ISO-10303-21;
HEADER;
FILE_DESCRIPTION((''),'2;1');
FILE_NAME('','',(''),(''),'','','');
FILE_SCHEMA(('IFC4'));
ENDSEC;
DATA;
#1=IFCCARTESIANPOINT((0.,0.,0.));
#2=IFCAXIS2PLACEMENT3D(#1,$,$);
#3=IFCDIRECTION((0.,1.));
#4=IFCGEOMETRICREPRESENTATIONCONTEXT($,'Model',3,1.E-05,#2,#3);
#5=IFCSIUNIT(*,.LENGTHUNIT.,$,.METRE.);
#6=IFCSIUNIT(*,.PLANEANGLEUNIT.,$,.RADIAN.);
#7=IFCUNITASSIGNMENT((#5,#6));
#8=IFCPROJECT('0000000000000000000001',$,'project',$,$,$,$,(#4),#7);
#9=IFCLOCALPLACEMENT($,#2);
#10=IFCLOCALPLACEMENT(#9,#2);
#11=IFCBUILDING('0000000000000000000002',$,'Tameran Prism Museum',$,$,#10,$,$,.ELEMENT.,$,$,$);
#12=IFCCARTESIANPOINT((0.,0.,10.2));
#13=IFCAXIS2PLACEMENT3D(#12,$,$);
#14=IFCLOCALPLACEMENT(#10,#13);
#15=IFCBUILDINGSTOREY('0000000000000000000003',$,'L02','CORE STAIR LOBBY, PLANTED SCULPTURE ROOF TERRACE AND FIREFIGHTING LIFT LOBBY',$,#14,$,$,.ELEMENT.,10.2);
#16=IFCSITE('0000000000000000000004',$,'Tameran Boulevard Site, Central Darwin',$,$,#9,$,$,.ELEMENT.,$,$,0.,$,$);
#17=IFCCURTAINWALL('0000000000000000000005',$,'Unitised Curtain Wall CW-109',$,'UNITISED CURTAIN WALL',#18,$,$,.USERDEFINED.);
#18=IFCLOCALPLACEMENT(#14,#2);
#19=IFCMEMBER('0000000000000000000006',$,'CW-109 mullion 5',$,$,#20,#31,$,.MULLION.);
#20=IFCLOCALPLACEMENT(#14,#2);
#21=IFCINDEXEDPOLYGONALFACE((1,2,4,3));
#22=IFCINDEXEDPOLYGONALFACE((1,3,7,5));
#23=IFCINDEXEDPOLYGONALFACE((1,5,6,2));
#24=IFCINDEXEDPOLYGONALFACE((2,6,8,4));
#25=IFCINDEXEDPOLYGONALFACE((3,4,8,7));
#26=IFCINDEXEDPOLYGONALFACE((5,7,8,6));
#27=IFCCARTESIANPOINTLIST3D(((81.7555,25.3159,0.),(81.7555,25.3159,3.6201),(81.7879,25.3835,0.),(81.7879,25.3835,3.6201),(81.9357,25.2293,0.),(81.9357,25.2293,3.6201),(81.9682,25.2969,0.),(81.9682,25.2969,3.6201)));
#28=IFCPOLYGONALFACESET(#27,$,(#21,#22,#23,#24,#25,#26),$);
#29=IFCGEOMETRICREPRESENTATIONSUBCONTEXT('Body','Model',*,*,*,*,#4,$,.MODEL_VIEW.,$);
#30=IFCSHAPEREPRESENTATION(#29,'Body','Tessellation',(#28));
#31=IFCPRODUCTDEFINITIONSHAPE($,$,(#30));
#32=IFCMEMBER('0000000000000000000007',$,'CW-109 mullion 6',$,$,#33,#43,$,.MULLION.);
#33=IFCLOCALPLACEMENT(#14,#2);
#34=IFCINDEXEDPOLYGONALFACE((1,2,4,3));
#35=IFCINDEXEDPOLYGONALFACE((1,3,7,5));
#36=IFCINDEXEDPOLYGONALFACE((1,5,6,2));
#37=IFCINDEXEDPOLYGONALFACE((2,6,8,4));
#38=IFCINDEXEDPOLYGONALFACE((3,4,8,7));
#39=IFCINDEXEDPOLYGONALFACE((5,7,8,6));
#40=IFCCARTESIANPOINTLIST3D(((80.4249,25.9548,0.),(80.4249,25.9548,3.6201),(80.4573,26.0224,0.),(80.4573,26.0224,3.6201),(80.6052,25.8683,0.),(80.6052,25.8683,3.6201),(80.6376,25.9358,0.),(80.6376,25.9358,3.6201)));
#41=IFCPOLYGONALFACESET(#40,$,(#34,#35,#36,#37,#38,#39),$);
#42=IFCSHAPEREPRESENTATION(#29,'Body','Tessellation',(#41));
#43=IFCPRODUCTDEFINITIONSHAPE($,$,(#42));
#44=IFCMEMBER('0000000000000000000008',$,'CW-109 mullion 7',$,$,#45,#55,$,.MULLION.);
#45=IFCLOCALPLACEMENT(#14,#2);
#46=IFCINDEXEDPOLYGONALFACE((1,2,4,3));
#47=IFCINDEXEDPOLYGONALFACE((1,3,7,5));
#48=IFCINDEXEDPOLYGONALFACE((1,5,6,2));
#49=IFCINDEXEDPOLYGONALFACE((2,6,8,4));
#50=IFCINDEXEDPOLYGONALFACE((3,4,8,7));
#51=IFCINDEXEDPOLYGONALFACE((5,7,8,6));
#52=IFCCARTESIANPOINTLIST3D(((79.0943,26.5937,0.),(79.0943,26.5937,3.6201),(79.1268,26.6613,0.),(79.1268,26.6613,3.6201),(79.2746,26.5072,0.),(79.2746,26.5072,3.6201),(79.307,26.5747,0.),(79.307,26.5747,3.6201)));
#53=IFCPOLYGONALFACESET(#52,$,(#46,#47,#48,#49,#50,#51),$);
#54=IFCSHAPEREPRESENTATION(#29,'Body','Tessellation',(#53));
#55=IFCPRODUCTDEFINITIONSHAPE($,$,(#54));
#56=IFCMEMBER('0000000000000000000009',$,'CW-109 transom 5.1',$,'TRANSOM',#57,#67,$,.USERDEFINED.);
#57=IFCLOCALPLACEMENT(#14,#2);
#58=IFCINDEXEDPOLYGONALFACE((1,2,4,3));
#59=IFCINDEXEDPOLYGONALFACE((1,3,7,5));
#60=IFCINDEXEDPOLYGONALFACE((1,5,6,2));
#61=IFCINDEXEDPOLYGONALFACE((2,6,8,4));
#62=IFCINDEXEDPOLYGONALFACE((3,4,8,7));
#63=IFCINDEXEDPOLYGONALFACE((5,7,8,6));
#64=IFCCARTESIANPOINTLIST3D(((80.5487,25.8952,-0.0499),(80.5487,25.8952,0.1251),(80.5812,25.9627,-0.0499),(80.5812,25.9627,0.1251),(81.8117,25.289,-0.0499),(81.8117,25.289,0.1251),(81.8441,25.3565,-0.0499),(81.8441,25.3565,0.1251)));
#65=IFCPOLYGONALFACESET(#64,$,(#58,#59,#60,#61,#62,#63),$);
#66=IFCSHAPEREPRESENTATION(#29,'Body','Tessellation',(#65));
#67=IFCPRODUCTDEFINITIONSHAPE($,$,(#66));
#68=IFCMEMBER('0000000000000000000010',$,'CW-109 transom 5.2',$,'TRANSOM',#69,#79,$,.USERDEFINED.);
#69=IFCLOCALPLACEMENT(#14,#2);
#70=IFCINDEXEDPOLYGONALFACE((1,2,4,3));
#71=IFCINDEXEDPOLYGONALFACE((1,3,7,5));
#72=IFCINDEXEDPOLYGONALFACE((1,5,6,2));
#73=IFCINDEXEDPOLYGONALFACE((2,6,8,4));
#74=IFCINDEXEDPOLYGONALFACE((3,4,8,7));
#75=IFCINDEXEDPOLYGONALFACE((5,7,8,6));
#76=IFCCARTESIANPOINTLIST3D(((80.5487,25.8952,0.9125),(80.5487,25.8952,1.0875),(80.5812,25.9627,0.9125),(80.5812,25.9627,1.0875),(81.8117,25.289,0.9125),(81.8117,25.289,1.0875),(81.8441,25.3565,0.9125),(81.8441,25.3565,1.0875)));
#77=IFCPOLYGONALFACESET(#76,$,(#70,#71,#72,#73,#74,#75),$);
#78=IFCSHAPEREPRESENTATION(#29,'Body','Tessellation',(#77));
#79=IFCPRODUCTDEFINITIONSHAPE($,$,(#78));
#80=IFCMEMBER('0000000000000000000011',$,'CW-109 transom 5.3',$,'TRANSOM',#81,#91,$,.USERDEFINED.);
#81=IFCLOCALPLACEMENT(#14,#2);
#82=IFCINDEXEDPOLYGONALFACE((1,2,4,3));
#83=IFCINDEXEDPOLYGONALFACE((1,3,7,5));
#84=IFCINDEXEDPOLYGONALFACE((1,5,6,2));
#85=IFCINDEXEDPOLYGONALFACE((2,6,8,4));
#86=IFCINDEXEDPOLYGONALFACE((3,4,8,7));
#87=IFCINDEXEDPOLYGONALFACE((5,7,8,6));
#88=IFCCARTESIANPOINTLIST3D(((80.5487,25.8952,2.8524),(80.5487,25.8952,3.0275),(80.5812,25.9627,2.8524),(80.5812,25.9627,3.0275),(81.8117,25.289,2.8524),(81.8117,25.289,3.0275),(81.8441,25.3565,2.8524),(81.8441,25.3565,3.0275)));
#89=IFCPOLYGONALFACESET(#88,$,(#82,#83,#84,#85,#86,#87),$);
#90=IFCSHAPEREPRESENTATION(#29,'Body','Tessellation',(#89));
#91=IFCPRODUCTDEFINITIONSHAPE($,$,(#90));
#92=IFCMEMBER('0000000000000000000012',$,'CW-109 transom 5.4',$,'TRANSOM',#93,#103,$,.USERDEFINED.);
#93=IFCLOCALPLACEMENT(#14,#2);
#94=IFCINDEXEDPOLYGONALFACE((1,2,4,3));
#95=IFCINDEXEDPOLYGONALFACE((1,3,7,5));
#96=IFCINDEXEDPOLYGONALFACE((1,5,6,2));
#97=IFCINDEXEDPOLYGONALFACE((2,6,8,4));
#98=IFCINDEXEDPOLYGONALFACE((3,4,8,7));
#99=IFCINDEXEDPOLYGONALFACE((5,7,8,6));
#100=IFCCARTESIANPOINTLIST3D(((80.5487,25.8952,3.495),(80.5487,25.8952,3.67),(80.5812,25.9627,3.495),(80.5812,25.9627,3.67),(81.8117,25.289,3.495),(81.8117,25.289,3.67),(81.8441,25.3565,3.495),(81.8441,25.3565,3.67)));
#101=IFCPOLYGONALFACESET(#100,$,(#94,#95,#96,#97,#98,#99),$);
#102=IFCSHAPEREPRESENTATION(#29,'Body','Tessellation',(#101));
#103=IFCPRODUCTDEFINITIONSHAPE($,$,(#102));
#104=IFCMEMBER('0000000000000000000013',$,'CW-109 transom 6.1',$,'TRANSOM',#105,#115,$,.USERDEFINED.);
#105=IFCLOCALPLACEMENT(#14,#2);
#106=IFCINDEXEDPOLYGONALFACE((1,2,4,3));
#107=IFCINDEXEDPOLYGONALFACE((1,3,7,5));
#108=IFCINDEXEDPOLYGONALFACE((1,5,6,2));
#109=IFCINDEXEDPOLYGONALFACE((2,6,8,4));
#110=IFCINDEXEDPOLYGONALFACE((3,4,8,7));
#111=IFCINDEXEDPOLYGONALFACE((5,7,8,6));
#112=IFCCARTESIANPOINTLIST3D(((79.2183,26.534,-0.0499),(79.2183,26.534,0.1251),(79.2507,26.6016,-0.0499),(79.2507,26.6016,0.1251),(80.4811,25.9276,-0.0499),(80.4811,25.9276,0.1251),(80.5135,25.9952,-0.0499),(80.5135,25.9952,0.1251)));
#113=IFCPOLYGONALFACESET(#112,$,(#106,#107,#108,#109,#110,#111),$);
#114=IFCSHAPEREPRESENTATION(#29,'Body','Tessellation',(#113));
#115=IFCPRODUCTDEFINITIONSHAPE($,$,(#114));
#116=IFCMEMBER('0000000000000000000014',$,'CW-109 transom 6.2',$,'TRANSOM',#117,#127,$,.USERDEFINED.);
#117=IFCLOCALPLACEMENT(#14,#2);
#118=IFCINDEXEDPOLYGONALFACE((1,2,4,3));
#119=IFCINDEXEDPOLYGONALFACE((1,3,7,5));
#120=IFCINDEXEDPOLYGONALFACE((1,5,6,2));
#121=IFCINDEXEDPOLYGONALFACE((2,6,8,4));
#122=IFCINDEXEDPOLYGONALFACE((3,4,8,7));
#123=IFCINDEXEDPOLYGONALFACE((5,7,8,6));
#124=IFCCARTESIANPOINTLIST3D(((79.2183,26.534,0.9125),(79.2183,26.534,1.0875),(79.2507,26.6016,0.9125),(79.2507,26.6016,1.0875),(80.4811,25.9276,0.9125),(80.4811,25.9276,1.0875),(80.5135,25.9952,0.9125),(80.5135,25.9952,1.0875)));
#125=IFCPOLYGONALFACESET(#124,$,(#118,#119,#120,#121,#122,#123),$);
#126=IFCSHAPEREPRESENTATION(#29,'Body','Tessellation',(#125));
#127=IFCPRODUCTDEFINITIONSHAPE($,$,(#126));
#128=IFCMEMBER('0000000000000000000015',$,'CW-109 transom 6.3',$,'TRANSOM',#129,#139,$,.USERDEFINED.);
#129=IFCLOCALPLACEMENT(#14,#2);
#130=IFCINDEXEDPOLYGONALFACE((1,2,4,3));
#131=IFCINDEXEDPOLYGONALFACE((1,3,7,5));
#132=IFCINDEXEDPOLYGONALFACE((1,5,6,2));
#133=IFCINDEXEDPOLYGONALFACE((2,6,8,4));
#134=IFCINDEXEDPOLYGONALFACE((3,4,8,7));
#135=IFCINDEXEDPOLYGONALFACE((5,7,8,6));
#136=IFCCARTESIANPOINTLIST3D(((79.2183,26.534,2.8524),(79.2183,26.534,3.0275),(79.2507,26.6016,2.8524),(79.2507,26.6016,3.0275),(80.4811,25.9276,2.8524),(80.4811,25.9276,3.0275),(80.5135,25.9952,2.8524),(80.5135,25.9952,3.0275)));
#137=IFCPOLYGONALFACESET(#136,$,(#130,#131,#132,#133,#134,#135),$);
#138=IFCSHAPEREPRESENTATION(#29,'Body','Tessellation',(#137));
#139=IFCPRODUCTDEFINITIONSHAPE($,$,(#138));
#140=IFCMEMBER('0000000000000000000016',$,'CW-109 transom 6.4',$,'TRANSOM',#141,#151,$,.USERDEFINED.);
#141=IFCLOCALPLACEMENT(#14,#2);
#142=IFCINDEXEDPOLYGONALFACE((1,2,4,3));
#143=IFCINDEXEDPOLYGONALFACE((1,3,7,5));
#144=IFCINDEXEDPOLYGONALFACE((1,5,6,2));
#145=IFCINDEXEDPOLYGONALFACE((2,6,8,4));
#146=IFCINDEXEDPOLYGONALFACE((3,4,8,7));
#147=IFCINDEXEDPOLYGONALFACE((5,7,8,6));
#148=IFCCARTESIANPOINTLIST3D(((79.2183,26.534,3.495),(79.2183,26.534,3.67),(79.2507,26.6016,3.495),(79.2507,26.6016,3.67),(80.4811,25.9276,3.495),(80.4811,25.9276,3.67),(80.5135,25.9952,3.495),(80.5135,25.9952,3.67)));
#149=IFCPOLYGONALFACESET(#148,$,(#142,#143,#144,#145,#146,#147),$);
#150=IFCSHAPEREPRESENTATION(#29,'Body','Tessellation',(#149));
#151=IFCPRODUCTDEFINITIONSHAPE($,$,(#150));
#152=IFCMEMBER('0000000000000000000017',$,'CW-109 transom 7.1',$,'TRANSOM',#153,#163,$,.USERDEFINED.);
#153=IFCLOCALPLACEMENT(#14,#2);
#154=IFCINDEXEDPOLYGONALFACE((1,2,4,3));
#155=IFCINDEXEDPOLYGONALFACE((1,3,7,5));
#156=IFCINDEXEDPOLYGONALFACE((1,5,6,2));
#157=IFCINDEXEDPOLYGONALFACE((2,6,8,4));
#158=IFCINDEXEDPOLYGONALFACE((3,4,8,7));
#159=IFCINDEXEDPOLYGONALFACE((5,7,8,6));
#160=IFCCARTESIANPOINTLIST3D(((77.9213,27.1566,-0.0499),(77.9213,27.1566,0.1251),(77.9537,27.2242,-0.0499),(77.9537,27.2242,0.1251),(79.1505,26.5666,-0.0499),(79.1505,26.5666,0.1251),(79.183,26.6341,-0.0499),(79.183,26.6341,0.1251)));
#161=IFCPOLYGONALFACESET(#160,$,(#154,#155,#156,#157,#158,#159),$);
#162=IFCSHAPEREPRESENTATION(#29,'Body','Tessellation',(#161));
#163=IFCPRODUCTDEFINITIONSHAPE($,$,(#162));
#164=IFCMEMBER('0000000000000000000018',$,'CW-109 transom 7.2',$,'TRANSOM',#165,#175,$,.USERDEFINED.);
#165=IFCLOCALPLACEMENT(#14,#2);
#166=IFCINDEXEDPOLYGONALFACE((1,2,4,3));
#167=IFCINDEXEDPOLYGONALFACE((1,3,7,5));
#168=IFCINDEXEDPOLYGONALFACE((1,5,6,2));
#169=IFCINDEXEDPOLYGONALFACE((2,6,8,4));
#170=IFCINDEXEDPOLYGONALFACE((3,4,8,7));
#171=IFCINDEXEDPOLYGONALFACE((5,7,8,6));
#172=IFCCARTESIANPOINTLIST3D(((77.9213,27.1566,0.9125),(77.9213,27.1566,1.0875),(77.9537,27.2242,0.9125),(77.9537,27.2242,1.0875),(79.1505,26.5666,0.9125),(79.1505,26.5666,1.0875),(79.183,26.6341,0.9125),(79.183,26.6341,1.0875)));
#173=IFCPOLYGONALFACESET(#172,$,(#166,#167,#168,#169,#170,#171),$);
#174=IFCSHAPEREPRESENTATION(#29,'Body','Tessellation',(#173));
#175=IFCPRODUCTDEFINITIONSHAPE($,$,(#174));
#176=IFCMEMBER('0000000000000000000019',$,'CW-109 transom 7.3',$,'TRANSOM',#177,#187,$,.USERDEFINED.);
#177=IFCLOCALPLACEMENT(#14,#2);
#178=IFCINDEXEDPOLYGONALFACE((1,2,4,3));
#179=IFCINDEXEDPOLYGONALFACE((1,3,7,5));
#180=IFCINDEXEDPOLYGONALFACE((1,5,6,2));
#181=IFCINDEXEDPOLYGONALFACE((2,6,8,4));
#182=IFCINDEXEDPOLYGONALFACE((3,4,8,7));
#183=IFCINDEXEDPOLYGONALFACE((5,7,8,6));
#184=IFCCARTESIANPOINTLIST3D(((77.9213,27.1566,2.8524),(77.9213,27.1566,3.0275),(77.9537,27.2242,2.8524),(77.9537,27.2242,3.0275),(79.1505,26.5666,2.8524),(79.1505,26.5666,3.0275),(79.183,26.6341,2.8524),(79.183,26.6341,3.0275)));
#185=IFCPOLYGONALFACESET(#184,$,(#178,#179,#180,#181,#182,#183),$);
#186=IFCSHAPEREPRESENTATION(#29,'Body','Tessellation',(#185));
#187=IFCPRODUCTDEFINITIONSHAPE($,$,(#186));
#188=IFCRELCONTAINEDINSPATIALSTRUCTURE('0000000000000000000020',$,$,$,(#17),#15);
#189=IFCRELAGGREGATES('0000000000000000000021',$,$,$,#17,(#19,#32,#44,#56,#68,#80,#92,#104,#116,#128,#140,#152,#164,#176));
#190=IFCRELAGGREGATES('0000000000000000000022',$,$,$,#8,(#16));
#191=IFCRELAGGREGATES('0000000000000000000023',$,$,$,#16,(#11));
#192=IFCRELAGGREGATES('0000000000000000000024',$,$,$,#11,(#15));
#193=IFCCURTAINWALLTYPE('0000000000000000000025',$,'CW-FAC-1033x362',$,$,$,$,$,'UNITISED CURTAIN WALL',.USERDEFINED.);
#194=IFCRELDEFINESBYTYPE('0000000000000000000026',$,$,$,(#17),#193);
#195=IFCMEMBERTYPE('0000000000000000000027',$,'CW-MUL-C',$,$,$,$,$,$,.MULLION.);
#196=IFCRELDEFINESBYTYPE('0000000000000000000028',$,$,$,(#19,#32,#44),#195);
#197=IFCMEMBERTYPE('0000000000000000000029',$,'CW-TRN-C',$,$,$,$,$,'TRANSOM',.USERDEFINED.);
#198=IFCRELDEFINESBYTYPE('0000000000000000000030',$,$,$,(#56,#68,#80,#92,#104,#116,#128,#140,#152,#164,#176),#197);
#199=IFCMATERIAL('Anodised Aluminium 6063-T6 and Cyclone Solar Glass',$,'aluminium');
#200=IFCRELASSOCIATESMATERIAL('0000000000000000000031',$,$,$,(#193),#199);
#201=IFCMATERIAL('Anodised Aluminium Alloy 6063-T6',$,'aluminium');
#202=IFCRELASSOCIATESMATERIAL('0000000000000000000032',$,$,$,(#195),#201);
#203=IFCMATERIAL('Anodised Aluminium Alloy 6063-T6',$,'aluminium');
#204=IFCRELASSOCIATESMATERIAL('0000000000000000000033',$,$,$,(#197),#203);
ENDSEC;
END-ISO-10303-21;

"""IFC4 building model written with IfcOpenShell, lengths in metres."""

from ifc_helpers import new_model, si_unit, direction, frame, origin, origin_2d, place, context, subcontext, project, spatial, rectangle, extrude, material, material_profile, profile_set, type_object, element, aggregate, save


model = new_model("IFC4")

# Units and contexts
model_context = context("Model", 3, precision=1e-05, world=origin(), true_north=direction((0.0, 1.0)))
body_context = subcontext(model_context, "Body", "Model", "MODEL_VIEW")
ifc_project = project(units=[si_unit("LENGTHUNIT", "METRE"), si_unit("PLANEANGLEUNIT", "RADIAN")], contexts=[model_context])

# Site, building, storey
site_placement = place(None, origin())
site = spatial("IfcSite", under=ifc_project, at=site_placement, Name="Tameran Boulevard Site, Central Darwin", CompositionType="ELEMENT", RefElevation=0.0)
building_placement = place(site_placement, origin())
building = spatial("IfcBuilding", under=site, at=building_placement, Name="Tameran Prism Museum", CompositionType="ELEMENT")
storey_placement = place(building_placement, frame((0.0, 0.0, 10.2)))
storey = spatial("IfcBuildingStorey", under=building, at=storey_placement, Name="L02", Description="CORE STAIR LOBBY, PLANTED SCULPTURE ROOF TERRACE AND FIREFIGHTING LIFT LOBBY", CompositionType="ELEMENT", Elevation=10.2)

# Curtain wall, members
ifc_material_1 = material(Name="Anodised Aluminium 6063-T6 and Cyclone Solar Glass", Category="aluminium")
curtain_wall_type = type_object("IfcCurtainWallType", Name="CW-FAC-1033x362", ElementType="UNITISED CURTAIN WALL", PredefinedType="USERDEFINED", material=ifc_material_1)
curtain_wall_placement = place(storey_placement, origin())
curtain_wall = element("IfcCurtainWall", 1, at=curtain_wall_placement, inside=storey, type_object=curtain_wall_type, Name="Unitised Curtain Wall CW-109", ObjectType="UNITISED CURTAIN WALL", PredefinedType="USERDEFINED")
ifc_material_2 = material(Name="Anodised Aluminium Alloy 6063-T6", Category="aluminium")
ifc_material_profile_1 = material_profile(ifc_material_2, rectangle(XDim=0.075, YDim=0.2, at=origin_2d()))
ifc_profile_set_1 = profile_set([ifc_material_profile_1])
member_type_1 = type_object("IfcMemberType", Name="CW-MUL-C", PredefinedType="MULLION", material=ifc_profile_set_1)
member_1_placement = place(storey_placement, frame((81.8618, 25.3064, 0.0), z_axis=(0.0, 0.0, 1.0), x_axis=(-0.432832, -0.901475, 0.0)))
member_1 = element("IfcMember", 2, at=member_1_placement, type_object=member_type_1, Name="CW-109 mullion 5", PredefinedType="MULLION", context=body_context, shape_type="SweptSolid", body=[
    extrude(rectangle(XDim=0.075, YDim=0.2, at=origin_2d()), origin(), (0.0, 0.0, 1.0), 3.6201),
])
member_2_placement = place(storey_placement, frame((80.5312, 25.9453, 0.0), z_axis=(0.0, 0.0, 1.0), x_axis=(-0.432832, -0.901475, 0.0)))
member_2 = element("IfcMember", 3, at=member_2_placement, type_object=member_type_1, Name="CW-109 mullion 6", PredefinedType="MULLION", context=body_context, shape_type="SweptSolid", body=[
    extrude(rectangle(XDim=0.075, YDim=0.2, at=origin_2d()), origin(), (0.0, 0.0, 1.0), 3.6201),
])
member_3_placement = place(storey_placement, frame((79.2007, 26.5842, 0.0), z_axis=(0.0, 0.0, 1.0), x_axis=(-0.432832, -0.901475, 0.0)))
member_3 = element("IfcMember", 4, at=member_3_placement, type_object=member_type_1, Name="CW-109 mullion 7", PredefinedType="MULLION", context=body_context, shape_type="SweptSolid", body=[
    extrude(rectangle(XDim=0.075, YDim=0.2, at=origin_2d()), origin(), (0.0, 0.0, 1.0), 3.6201),
])
ifc_material_3 = material(Name="Anodised Aluminium Alloy 6063-T6", Category="aluminium")
ifc_material_profile_2 = material_profile(ifc_material_3, rectangle(XDim=0.075, YDim=0.175, at=origin_2d()))
ifc_profile_set_2 = profile_set([ifc_material_profile_2])
member_type_2 = type_object("IfcMemberType", Name="CW-TRN-C", ElementType="TRANSOM", PredefinedType="USERDEFINED", material=ifc_profile_set_2)
member_4_placement = place(storey_placement, frame((81.8279, 25.3228, 0.0376), z_axis=(-0.901526, 0.432725, 0.0), x_axis=(-0.432725, -0.901526, 0.0)))
member_4 = element("IfcMember", 5, at=member_4_placement, type_object=member_type_2, Name="CW-109 transom 5.1", ObjectType="TRANSOM", PredefinedType="USERDEFINED", context=body_context, shape_type="SweptSolid", body=[
    extrude(rectangle(XDim=0.075, YDim=0.175, at=origin_2d()), origin(), (0.0, 0.0, 1.0), 1.4009),
])
member_5_placement = place(storey_placement, frame((81.8279, 25.3228, 1.0), z_axis=(-0.901526, 0.432725, 0.0), x_axis=(-0.432725, -0.901526, 0.0)))
member_5 = element("IfcMember", 6, at=member_5_placement, type_object=member_type_2, Name="CW-109 transom 5.2", ObjectType="TRANSOM", PredefinedType="USERDEFINED", context=body_context, shape_type="SweptSolid", body=[
    extrude(rectangle(XDim=0.075, YDim=0.175, at=origin_2d()), origin(), (0.0, 0.0, 1.0), 1.4009),
])
member_6_placement = place(storey_placement, frame((81.8279, 25.3228, 2.9399), z_axis=(-0.901526, 0.432725, 0.0), x_axis=(-0.432725, -0.901526, 0.0)))
member_6 = element("IfcMember", 7, at=member_6_placement, type_object=member_type_2, Name="CW-109 transom 5.3", ObjectType="TRANSOM", PredefinedType="USERDEFINED", context=body_context, shape_type="SweptSolid", body=[
    extrude(rectangle(XDim=0.075, YDim=0.175, at=origin_2d()), origin(), (0.0, 0.0, 1.0), 1.4009),
])
member_7_placement = place(storey_placement, frame((81.8279, 25.3228, 3.5825), z_axis=(-0.901526, 0.432725, 0.0), x_axis=(-0.432725, -0.901526, 0.0)))
member_7 = element("IfcMember", 8, at=member_7_placement, type_object=member_type_2, Name="CW-109 transom 5.4", ObjectType="TRANSOM", PredefinedType="USERDEFINED", context=body_context, shape_type="SweptSolid", body=[
    extrude(rectangle(XDim=0.075, YDim=0.175, at=origin_2d()), origin(), (0.0, 0.0, 1.0), 1.4009),
])
member_8_placement = place(storey_placement, frame((80.4973, 25.9614, 0.0376), z_axis=(-0.901458, 0.432867, 0.0), x_axis=(-0.432867, -0.901458, 0.0)))
member_8 = element("IfcMember", 9, at=member_8_placement, type_object=member_type_2, Name="CW-109 transom 6.1", ObjectType="TRANSOM", PredefinedType="USERDEFINED", context=body_context, shape_type="SweptSolid", body=[
    extrude(rectangle(XDim=0.075, YDim=0.175, at=origin_2d()), origin(), (0.0, 0.0, 1.0), 1.4009),
])
member_9_placement = place(storey_placement, frame((80.4973, 25.9614, 1.0), z_axis=(-0.901458, 0.432867, 0.0), x_axis=(-0.432867, -0.901458, 0.0)))
member_9 = element("IfcMember", 10, at=member_9_placement, type_object=member_type_2, Name="CW-109 transom 6.2", ObjectType="TRANSOM", PredefinedType="USERDEFINED", context=body_context, shape_type="SweptSolid", body=[
    extrude(rectangle(XDim=0.075, YDim=0.175, at=origin_2d()), origin(), (0.0, 0.0, 1.0), 1.4009),
])
member_10_placement = place(storey_placement, frame((80.4973, 25.9614, 2.9399), z_axis=(-0.901458, 0.432867, 0.0), x_axis=(-0.432867, -0.901458, 0.0)))
member_10 = element("IfcMember", 11, at=member_10_placement, type_object=member_type_2, Name="CW-109 transom 6.3", ObjectType="TRANSOM", PredefinedType="USERDEFINED", context=body_context, shape_type="SweptSolid", body=[
    extrude(rectangle(XDim=0.075, YDim=0.175, at=origin_2d()), origin(), (0.0, 0.0, 1.0), 1.4009),
])
member_11_placement = place(storey_placement, frame((80.4973, 25.9614, 3.5825), z_axis=(-0.901458, 0.432867, 0.0), x_axis=(-0.432867, -0.901458, 0.0)))
member_11 = element("IfcMember", 12, at=member_11_placement, type_object=member_type_2, Name="CW-109 transom 6.4", ObjectType="TRANSOM", PredefinedType="USERDEFINED", context=body_context, shape_type="SweptSolid", body=[
    extrude(rectangle(XDim=0.075, YDim=0.175, at=origin_2d()), origin(), (0.0, 0.0, 1.0), 1.4009),
])
member_12_placement = place(storey_placement, frame((79.1667, 26.6003, 0.0376), z_axis=(-0.901509, 0.43276, 0.0), x_axis=(-0.43276, -0.901509, 0.0)))
member_12 = element("IfcMember", 13, at=member_12_placement, type_object=member_type_2, Name="CW-109 transom 7.1", ObjectType="TRANSOM", PredefinedType="USERDEFINED", context=body_context, shape_type="SweptSolid", body=[
    extrude(rectangle(XDim=0.075, YDim=0.175, at=origin_2d()), origin(), (0.0, 0.0, 1.0), 1.3635),
])
member_13_placement = place(storey_placement, frame((79.1667, 26.6003, 1.0), z_axis=(-0.901509, 0.43276, 0.0), x_axis=(-0.43276, -0.901509, 0.0)))
member_13 = element("IfcMember", 14, at=member_13_placement, type_object=member_type_2, Name="CW-109 transom 7.2", ObjectType="TRANSOM", PredefinedType="USERDEFINED", context=body_context, shape_type="SweptSolid", body=[
    extrude(rectangle(XDim=0.075, YDim=0.175, at=origin_2d()), origin(), (0.0, 0.0, 1.0), 1.3635),
])
member_14_placement = place(storey_placement, frame((79.1667, 26.6003, 2.9399), z_axis=(-0.901509, 0.43276, 0.0), x_axis=(-0.43276, -0.901509, 0.0)))
member_14 = element("IfcMember", 15, at=member_14_placement, type_object=member_type_2, Name="CW-109 transom 7.3", ObjectType="TRANSOM", PredefinedType="USERDEFINED", context=body_context, shape_type="SweptSolid", body=[
    extrude(rectangle(XDim=0.075, YDim=0.175, at=origin_2d()), origin(), (0.0, 0.0, 1.0), 1.3635),
])
aggregate(curtain_wall, [member_1, member_2, member_3, member_4, member_5, member_6, member_7, member_8, member_9, member_10, member_11, member_12, member_13, member_14])

save(model, "model.ifc")
